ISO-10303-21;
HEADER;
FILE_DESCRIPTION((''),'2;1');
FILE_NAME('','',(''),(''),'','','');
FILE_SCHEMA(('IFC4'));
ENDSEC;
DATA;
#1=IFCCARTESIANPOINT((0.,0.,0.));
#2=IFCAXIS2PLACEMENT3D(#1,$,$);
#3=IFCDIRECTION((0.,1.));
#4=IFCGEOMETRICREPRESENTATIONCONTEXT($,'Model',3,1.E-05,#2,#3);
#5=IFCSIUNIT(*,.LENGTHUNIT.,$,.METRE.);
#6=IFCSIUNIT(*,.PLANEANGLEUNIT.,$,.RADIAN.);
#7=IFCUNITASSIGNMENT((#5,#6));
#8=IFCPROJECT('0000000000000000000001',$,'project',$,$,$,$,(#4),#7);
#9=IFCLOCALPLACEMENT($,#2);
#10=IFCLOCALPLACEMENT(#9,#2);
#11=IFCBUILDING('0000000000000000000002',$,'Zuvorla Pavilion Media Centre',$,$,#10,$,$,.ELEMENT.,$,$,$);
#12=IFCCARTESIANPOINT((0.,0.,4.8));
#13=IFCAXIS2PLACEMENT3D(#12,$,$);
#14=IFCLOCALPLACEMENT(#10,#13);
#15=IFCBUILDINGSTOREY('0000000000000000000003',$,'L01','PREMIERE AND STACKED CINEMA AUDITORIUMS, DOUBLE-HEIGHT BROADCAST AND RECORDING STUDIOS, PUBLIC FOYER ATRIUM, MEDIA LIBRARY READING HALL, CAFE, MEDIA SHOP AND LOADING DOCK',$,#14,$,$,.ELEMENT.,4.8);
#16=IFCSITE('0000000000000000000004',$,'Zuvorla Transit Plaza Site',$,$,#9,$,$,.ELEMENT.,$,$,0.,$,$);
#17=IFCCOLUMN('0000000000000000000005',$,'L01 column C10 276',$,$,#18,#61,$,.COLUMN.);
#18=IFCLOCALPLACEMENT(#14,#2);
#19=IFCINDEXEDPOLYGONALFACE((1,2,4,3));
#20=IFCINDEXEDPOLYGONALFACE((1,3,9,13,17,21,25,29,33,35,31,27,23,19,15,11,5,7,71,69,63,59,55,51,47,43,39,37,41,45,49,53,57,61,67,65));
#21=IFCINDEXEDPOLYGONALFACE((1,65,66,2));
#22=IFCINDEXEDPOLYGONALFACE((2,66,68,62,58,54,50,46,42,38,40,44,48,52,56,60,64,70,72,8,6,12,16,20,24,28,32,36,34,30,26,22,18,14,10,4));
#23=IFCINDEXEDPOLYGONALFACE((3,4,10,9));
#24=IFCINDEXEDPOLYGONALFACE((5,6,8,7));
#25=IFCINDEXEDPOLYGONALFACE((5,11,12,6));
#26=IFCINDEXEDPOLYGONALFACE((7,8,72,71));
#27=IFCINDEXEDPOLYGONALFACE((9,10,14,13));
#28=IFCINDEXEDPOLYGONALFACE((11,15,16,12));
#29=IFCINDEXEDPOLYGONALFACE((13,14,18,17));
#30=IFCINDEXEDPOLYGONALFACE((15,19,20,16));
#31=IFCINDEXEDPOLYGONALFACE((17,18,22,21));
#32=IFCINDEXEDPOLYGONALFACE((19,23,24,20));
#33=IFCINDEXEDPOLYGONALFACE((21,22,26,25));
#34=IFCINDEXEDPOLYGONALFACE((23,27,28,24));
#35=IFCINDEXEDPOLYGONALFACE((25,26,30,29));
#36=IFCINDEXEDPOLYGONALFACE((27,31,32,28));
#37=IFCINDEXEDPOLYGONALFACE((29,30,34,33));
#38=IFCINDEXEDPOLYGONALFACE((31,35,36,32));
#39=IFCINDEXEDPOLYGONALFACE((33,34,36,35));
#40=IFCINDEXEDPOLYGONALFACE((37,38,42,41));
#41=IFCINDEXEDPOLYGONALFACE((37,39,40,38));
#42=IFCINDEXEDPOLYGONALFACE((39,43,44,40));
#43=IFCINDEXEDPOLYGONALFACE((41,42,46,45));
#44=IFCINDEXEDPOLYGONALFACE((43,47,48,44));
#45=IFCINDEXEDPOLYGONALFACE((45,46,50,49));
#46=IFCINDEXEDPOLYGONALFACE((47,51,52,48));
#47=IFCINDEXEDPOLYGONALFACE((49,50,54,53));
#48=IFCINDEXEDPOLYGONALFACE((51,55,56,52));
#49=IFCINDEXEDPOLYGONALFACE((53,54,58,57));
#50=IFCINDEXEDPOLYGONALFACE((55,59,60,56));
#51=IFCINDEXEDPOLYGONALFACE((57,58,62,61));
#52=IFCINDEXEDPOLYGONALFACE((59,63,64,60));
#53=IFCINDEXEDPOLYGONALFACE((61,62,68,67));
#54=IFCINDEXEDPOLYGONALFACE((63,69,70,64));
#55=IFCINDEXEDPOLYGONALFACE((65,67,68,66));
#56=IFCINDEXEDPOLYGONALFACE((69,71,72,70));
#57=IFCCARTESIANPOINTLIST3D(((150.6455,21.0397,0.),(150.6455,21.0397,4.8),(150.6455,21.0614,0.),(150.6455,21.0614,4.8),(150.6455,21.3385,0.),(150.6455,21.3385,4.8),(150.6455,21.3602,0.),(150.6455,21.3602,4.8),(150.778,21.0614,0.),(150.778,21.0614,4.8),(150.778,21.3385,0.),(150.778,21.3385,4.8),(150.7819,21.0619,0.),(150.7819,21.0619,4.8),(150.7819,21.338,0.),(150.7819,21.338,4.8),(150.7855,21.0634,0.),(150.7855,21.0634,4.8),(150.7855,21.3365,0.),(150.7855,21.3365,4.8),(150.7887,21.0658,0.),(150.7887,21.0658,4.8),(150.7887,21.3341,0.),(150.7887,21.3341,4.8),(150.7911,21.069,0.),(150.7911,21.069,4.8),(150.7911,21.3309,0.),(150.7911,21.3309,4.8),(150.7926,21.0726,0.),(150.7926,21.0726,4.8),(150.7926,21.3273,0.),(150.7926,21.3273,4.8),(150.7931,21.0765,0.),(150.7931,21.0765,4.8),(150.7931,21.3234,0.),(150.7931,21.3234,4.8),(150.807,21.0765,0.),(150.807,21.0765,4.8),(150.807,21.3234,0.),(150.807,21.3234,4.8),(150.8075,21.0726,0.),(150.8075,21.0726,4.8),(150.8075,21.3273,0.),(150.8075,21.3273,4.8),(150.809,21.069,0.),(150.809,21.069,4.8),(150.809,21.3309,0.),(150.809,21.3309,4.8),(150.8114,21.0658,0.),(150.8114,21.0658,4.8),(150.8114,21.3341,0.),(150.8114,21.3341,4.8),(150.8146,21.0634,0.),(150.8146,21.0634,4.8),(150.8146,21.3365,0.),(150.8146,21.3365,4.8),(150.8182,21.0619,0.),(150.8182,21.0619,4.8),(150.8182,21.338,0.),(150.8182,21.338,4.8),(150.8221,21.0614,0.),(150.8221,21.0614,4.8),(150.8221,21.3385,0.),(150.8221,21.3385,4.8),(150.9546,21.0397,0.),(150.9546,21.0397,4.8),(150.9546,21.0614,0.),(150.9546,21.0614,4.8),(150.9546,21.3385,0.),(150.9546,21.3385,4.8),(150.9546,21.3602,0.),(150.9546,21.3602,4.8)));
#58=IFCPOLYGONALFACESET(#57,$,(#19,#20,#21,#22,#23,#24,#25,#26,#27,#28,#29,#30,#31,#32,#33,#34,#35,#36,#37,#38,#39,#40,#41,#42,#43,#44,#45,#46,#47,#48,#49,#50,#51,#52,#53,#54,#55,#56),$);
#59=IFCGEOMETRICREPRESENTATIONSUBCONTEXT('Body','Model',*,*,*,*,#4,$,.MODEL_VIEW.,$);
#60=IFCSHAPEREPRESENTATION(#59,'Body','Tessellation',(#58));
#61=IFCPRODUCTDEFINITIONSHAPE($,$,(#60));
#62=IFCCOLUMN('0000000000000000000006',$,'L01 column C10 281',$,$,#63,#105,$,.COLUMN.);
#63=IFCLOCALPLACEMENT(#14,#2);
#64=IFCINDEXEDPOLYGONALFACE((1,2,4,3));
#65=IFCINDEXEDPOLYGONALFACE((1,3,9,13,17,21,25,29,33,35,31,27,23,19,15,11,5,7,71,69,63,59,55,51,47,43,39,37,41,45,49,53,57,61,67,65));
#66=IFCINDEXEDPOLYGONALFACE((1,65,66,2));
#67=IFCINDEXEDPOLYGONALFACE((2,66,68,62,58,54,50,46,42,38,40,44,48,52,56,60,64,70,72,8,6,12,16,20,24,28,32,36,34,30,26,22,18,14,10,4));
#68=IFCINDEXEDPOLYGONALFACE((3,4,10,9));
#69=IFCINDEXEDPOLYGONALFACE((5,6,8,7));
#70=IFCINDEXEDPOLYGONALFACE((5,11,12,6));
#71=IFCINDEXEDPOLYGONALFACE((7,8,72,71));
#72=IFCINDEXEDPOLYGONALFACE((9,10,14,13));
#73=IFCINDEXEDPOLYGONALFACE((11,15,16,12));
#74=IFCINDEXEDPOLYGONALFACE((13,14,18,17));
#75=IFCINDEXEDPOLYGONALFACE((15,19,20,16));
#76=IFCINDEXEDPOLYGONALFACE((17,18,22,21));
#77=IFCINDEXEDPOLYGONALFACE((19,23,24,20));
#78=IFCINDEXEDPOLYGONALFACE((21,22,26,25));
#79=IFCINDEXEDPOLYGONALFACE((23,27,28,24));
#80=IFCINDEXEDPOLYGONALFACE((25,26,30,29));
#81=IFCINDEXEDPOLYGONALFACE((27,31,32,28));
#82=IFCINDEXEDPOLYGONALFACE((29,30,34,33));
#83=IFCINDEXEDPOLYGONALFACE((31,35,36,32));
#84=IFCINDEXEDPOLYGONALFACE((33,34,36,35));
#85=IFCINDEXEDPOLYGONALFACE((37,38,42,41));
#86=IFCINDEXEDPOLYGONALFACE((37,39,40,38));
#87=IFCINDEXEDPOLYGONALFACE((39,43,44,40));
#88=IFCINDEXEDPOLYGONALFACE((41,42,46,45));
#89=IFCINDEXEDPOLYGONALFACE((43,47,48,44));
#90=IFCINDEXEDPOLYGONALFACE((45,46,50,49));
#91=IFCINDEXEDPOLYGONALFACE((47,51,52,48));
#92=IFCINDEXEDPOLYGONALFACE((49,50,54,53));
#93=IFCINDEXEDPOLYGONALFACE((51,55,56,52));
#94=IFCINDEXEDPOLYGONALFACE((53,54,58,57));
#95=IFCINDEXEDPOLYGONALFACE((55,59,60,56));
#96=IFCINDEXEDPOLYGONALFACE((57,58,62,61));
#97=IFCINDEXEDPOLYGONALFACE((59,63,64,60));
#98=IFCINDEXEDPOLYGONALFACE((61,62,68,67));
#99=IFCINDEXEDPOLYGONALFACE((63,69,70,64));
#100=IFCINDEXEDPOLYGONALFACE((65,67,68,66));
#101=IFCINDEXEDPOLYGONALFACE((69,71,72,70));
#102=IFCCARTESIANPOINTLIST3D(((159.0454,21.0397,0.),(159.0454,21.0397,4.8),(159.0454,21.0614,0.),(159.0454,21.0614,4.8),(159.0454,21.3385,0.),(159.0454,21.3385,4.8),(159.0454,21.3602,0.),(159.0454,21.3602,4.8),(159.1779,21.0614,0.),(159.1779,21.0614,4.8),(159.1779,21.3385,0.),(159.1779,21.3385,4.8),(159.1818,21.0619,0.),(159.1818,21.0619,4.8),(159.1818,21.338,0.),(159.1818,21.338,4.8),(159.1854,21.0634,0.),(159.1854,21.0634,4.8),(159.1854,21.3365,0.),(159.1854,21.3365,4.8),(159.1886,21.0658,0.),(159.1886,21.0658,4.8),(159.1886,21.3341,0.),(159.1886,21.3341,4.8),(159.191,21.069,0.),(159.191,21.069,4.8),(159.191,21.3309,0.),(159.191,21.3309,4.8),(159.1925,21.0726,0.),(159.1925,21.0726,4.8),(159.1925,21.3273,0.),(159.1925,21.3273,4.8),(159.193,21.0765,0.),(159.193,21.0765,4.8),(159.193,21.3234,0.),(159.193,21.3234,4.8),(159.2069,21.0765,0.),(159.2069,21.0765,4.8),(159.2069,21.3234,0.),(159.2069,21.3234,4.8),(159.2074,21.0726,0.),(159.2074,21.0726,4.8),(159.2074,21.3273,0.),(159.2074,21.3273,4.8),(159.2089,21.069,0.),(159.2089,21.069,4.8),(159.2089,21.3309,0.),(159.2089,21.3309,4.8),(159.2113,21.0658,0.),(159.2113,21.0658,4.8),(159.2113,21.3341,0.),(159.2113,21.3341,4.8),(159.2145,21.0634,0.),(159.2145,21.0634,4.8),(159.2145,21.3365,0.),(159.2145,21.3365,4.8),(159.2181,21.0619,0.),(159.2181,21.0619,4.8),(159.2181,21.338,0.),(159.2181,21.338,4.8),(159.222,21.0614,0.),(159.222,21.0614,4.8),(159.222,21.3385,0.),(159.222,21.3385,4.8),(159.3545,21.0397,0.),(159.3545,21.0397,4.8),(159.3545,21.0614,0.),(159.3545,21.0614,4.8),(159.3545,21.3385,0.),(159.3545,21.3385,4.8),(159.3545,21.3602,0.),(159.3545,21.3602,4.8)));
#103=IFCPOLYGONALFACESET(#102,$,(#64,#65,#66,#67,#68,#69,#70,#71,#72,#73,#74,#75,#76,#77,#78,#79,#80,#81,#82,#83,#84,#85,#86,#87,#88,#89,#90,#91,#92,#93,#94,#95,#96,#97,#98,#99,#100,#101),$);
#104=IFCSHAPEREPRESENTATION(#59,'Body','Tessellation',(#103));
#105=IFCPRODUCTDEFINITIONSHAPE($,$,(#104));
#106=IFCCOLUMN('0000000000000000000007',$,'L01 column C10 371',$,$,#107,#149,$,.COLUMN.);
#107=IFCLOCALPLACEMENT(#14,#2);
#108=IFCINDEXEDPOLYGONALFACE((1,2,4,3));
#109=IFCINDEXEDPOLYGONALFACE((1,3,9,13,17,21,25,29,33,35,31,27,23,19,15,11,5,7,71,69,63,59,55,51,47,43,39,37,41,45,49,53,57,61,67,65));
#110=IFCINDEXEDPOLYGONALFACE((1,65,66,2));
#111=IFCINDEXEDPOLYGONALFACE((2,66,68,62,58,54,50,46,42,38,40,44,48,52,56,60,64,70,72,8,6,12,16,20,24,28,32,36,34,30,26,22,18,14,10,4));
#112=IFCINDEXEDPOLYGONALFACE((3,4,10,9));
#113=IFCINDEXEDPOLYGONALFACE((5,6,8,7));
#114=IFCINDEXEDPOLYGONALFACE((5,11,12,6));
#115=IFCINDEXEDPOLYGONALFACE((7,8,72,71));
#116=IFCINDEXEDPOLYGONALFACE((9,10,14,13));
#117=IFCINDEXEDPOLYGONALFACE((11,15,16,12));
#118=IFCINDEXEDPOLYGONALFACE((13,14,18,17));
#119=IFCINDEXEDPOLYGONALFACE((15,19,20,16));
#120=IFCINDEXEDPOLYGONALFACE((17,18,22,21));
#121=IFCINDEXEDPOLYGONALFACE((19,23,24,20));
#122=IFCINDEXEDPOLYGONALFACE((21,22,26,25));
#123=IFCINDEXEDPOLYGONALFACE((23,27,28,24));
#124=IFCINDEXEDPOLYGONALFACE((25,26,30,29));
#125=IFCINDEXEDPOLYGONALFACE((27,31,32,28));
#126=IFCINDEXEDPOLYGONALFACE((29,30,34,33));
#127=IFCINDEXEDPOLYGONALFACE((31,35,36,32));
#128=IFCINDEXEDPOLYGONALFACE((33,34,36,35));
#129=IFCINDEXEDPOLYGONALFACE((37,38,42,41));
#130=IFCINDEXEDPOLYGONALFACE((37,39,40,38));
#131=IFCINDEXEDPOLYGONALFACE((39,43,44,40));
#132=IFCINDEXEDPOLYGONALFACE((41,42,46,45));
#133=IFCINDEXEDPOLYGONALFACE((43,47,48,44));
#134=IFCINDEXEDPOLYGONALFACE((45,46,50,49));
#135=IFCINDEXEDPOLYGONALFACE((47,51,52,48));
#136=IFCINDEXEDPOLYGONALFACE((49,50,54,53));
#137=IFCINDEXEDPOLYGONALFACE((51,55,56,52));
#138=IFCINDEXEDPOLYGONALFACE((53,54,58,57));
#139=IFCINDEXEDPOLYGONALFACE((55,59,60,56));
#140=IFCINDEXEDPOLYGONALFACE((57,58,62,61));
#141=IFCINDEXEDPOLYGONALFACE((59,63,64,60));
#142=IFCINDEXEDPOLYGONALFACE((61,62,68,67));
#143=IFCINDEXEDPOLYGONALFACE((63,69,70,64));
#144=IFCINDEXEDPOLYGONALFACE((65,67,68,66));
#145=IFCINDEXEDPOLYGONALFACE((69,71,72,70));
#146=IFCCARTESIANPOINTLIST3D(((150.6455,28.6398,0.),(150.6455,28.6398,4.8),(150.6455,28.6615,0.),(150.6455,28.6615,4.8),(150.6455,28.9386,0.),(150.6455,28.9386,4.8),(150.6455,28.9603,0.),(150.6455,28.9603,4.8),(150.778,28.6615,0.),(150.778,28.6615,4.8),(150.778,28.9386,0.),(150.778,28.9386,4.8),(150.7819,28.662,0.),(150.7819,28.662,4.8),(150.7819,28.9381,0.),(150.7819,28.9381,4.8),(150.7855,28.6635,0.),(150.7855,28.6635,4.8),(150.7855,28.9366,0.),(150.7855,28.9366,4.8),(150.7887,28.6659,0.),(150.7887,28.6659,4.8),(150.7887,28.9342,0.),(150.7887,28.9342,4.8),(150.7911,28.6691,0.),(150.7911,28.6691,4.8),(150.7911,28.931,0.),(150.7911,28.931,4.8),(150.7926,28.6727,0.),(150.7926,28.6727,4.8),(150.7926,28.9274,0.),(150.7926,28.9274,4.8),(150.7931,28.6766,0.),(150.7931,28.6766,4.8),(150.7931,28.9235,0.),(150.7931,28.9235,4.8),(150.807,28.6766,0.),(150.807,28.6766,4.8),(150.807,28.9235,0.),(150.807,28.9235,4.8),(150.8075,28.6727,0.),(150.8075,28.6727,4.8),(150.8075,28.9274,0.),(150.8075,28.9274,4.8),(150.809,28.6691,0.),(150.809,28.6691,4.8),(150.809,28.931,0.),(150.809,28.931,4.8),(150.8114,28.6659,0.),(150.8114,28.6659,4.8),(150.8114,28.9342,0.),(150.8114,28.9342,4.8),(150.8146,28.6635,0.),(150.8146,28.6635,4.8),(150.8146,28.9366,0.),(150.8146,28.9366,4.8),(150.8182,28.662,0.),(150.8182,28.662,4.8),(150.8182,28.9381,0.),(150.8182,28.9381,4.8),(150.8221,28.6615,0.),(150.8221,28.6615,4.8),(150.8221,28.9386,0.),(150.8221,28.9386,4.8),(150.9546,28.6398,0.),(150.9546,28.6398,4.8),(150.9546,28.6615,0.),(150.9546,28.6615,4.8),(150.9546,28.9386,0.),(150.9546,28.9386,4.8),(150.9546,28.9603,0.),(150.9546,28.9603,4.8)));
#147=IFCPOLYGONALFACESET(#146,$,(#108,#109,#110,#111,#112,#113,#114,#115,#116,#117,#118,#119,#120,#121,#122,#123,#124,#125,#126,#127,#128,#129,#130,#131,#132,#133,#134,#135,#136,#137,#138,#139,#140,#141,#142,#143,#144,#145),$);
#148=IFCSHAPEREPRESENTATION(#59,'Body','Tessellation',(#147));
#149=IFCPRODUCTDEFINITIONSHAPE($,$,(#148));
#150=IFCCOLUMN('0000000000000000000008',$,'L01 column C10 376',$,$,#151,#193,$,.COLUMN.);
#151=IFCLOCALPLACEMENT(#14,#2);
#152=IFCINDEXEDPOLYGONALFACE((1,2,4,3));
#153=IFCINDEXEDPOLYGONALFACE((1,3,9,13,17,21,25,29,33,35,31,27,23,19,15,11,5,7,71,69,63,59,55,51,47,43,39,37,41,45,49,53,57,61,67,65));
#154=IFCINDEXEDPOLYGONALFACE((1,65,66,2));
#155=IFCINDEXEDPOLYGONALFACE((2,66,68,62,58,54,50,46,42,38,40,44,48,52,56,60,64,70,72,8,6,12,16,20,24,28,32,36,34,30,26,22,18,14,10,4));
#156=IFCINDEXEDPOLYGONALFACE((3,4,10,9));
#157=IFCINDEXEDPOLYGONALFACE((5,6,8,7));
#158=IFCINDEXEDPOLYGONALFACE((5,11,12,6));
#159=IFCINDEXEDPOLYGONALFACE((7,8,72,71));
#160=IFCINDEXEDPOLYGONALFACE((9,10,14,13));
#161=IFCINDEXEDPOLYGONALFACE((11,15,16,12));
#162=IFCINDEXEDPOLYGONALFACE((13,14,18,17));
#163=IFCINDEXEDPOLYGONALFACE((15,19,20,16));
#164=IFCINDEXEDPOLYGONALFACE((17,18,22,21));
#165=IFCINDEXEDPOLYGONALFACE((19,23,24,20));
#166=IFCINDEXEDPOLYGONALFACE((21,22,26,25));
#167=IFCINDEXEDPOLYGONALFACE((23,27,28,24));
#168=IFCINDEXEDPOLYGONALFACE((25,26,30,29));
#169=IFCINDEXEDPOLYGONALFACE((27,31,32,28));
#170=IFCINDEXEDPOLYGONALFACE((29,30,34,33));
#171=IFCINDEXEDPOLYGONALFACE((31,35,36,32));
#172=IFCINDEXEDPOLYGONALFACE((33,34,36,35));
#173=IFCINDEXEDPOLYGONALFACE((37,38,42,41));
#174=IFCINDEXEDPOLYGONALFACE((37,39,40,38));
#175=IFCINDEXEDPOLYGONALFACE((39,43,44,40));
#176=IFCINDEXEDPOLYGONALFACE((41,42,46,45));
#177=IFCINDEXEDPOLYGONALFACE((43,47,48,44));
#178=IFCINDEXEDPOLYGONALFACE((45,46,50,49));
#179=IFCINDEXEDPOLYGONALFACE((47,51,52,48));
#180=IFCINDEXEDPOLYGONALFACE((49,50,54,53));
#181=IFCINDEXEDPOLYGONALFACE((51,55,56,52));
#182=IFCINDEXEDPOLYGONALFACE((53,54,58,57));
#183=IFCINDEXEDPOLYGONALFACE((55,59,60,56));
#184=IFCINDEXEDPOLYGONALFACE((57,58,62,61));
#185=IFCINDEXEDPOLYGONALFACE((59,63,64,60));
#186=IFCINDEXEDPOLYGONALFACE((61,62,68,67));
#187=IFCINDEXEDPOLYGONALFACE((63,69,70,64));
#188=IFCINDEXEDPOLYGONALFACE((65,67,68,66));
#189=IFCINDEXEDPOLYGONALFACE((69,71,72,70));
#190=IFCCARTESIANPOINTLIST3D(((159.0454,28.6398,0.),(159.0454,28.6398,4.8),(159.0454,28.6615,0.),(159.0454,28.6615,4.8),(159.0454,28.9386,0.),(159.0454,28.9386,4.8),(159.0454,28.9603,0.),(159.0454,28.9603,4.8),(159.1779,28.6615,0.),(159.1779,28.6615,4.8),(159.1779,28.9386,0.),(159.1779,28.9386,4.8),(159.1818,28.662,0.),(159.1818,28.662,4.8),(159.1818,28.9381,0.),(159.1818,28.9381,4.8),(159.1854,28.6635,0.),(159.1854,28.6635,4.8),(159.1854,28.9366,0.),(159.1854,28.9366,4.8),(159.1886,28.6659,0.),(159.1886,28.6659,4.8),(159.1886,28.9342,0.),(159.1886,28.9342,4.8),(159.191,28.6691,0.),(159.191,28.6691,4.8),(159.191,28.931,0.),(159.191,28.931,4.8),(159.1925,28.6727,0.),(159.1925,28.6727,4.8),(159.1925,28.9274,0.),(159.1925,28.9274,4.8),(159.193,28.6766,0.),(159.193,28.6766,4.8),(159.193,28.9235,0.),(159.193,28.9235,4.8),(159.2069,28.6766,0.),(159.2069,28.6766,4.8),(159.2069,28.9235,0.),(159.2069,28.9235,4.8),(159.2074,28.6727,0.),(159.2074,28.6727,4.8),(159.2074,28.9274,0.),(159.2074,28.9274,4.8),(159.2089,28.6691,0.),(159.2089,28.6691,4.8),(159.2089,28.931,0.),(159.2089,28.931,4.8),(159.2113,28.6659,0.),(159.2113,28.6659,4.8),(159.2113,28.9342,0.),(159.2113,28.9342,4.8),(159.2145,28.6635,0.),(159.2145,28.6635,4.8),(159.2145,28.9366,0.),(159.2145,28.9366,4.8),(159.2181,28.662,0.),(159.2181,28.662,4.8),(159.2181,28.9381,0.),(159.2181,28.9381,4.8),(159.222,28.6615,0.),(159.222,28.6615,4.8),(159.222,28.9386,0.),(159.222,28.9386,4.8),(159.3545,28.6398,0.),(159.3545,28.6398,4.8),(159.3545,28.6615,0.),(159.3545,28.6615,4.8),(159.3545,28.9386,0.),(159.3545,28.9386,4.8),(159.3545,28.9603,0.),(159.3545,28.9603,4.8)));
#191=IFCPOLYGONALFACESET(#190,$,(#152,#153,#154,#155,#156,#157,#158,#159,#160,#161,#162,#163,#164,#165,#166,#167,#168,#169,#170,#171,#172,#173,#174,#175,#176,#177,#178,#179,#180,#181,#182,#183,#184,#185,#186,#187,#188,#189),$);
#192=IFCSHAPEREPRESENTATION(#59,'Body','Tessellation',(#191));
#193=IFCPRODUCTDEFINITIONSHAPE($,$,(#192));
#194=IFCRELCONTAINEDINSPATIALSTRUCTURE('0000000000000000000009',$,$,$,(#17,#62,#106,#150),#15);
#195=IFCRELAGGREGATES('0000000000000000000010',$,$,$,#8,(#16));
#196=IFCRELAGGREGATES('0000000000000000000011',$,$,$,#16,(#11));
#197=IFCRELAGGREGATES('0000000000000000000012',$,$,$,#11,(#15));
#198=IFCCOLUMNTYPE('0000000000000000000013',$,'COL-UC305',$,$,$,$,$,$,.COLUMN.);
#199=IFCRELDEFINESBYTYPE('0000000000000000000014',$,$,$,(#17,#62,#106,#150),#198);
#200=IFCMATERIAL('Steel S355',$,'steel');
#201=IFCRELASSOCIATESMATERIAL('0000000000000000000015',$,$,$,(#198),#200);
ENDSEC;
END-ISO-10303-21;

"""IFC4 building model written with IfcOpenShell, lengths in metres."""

from ifc_helpers import new_model, si_unit, direction, frame, origin, origin_2d, place, context, subcontext, project, spatial, i_section, extrude, material, material_profile, profile_set, type_object, element, save


model = new_model("IFC4")

# Units and contexts
model_context = context("Model", 3, precision=1e-05, world=origin(), true_north=direction((0.0, 1.0)))
body_context = subcontext(model_context, "Body", "Model", "MODEL_VIEW")
ifc_project = project(units=[si_unit("LENGTHUNIT", "METRE"), si_unit("PLANEANGLEUNIT", "RADIAN")], contexts=[model_context])

# Site, building, storey
site_placement = place(None, origin())
site = spatial("IfcSite", under=ifc_project, at=site_placement, Name="Zuvorla Transit Plaza Site", CompositionType="ELEMENT", RefElevation=0.0)
building_placement = place(site_placement, origin())
building = spatial("IfcBuilding", under=site, at=building_placement, Name="Zuvorla Pavilion Media Centre", CompositionType="ELEMENT")
storey_placement = place(building_placement, frame((0.0, 0.0, 4.8)))
storey = spatial("IfcBuildingStorey", under=building, at=storey_placement, Name="L01", Description="PREMIERE AND STACKED CINEMA AUDITORIUMS, DOUBLE-HEIGHT BROADCAST AND RECORDING STUDIOS, PUBLIC FOYER ATRIUM, MEDIA LIBRARY READING HALL, CAFE, MEDIA SHOP AND LOADING DOCK", CompositionType="ELEMENT", Elevation=4.8)

# Columns
ifc_material_1 = material(Name="Steel S355", Category="steel")
ifc_material_profile_1 = material_profile(ifc_material_1, i_section(OverallWidth=0.3091, OverallDepth=0.3206, WebThickness=0.0139, FlangeThickness=0.0217, FilletRadius=0.0151, at=origin_2d()), Name="UC 305x305x137")
ifc_profile_set_1 = profile_set([ifc_material_profile_1], Name="Steel S355")
column_type = type_object("IfcColumnType", Name="COL-UC305", PredefinedType="COLUMN", material=ifc_profile_set_1)
for number, where, z_axis, x_axis, name in (
    (1, (150.8, 21.2, 0.0), (0.0, 0.0, 1.0), (1.0, 0.0, 0.0), "L01 column C10 276"),
    (2, (159.2, 21.2, 0.0), (0.0, 0.0, 1.0), (1.0, 0.0, 0.0), "L01 column C10 281"),
    (3, (150.8, 28.8, 0.0), (0.0, 0.0, 1.0), (1.0, 0.0, 0.0), "L01 column C10 371"),
    (4, (159.2, 28.8, 0.0), (0.0, 0.0, 1.0), (1.0, 0.0, 0.0), "L01 column C10 376"),
):
    element("IfcColumn", number, at=place(storey_placement, frame(where, z_axis=z_axis, x_axis=x_axis)), inside=storey, type_object=column_type, Name=name, PredefinedType="COLUMN", context=body_context, shape_type="SweptSolid", body=[
        extrude(i_section(OverallWidth=0.3091, OverallDepth=0.3206, WebThickness=0.0139, FlangeThickness=0.0217, FilletRadius=0.0151, at=origin_2d()), origin(), (0.0, 0.0, 1.0), 4.8),
    ])

save(model, "model.ifc")
